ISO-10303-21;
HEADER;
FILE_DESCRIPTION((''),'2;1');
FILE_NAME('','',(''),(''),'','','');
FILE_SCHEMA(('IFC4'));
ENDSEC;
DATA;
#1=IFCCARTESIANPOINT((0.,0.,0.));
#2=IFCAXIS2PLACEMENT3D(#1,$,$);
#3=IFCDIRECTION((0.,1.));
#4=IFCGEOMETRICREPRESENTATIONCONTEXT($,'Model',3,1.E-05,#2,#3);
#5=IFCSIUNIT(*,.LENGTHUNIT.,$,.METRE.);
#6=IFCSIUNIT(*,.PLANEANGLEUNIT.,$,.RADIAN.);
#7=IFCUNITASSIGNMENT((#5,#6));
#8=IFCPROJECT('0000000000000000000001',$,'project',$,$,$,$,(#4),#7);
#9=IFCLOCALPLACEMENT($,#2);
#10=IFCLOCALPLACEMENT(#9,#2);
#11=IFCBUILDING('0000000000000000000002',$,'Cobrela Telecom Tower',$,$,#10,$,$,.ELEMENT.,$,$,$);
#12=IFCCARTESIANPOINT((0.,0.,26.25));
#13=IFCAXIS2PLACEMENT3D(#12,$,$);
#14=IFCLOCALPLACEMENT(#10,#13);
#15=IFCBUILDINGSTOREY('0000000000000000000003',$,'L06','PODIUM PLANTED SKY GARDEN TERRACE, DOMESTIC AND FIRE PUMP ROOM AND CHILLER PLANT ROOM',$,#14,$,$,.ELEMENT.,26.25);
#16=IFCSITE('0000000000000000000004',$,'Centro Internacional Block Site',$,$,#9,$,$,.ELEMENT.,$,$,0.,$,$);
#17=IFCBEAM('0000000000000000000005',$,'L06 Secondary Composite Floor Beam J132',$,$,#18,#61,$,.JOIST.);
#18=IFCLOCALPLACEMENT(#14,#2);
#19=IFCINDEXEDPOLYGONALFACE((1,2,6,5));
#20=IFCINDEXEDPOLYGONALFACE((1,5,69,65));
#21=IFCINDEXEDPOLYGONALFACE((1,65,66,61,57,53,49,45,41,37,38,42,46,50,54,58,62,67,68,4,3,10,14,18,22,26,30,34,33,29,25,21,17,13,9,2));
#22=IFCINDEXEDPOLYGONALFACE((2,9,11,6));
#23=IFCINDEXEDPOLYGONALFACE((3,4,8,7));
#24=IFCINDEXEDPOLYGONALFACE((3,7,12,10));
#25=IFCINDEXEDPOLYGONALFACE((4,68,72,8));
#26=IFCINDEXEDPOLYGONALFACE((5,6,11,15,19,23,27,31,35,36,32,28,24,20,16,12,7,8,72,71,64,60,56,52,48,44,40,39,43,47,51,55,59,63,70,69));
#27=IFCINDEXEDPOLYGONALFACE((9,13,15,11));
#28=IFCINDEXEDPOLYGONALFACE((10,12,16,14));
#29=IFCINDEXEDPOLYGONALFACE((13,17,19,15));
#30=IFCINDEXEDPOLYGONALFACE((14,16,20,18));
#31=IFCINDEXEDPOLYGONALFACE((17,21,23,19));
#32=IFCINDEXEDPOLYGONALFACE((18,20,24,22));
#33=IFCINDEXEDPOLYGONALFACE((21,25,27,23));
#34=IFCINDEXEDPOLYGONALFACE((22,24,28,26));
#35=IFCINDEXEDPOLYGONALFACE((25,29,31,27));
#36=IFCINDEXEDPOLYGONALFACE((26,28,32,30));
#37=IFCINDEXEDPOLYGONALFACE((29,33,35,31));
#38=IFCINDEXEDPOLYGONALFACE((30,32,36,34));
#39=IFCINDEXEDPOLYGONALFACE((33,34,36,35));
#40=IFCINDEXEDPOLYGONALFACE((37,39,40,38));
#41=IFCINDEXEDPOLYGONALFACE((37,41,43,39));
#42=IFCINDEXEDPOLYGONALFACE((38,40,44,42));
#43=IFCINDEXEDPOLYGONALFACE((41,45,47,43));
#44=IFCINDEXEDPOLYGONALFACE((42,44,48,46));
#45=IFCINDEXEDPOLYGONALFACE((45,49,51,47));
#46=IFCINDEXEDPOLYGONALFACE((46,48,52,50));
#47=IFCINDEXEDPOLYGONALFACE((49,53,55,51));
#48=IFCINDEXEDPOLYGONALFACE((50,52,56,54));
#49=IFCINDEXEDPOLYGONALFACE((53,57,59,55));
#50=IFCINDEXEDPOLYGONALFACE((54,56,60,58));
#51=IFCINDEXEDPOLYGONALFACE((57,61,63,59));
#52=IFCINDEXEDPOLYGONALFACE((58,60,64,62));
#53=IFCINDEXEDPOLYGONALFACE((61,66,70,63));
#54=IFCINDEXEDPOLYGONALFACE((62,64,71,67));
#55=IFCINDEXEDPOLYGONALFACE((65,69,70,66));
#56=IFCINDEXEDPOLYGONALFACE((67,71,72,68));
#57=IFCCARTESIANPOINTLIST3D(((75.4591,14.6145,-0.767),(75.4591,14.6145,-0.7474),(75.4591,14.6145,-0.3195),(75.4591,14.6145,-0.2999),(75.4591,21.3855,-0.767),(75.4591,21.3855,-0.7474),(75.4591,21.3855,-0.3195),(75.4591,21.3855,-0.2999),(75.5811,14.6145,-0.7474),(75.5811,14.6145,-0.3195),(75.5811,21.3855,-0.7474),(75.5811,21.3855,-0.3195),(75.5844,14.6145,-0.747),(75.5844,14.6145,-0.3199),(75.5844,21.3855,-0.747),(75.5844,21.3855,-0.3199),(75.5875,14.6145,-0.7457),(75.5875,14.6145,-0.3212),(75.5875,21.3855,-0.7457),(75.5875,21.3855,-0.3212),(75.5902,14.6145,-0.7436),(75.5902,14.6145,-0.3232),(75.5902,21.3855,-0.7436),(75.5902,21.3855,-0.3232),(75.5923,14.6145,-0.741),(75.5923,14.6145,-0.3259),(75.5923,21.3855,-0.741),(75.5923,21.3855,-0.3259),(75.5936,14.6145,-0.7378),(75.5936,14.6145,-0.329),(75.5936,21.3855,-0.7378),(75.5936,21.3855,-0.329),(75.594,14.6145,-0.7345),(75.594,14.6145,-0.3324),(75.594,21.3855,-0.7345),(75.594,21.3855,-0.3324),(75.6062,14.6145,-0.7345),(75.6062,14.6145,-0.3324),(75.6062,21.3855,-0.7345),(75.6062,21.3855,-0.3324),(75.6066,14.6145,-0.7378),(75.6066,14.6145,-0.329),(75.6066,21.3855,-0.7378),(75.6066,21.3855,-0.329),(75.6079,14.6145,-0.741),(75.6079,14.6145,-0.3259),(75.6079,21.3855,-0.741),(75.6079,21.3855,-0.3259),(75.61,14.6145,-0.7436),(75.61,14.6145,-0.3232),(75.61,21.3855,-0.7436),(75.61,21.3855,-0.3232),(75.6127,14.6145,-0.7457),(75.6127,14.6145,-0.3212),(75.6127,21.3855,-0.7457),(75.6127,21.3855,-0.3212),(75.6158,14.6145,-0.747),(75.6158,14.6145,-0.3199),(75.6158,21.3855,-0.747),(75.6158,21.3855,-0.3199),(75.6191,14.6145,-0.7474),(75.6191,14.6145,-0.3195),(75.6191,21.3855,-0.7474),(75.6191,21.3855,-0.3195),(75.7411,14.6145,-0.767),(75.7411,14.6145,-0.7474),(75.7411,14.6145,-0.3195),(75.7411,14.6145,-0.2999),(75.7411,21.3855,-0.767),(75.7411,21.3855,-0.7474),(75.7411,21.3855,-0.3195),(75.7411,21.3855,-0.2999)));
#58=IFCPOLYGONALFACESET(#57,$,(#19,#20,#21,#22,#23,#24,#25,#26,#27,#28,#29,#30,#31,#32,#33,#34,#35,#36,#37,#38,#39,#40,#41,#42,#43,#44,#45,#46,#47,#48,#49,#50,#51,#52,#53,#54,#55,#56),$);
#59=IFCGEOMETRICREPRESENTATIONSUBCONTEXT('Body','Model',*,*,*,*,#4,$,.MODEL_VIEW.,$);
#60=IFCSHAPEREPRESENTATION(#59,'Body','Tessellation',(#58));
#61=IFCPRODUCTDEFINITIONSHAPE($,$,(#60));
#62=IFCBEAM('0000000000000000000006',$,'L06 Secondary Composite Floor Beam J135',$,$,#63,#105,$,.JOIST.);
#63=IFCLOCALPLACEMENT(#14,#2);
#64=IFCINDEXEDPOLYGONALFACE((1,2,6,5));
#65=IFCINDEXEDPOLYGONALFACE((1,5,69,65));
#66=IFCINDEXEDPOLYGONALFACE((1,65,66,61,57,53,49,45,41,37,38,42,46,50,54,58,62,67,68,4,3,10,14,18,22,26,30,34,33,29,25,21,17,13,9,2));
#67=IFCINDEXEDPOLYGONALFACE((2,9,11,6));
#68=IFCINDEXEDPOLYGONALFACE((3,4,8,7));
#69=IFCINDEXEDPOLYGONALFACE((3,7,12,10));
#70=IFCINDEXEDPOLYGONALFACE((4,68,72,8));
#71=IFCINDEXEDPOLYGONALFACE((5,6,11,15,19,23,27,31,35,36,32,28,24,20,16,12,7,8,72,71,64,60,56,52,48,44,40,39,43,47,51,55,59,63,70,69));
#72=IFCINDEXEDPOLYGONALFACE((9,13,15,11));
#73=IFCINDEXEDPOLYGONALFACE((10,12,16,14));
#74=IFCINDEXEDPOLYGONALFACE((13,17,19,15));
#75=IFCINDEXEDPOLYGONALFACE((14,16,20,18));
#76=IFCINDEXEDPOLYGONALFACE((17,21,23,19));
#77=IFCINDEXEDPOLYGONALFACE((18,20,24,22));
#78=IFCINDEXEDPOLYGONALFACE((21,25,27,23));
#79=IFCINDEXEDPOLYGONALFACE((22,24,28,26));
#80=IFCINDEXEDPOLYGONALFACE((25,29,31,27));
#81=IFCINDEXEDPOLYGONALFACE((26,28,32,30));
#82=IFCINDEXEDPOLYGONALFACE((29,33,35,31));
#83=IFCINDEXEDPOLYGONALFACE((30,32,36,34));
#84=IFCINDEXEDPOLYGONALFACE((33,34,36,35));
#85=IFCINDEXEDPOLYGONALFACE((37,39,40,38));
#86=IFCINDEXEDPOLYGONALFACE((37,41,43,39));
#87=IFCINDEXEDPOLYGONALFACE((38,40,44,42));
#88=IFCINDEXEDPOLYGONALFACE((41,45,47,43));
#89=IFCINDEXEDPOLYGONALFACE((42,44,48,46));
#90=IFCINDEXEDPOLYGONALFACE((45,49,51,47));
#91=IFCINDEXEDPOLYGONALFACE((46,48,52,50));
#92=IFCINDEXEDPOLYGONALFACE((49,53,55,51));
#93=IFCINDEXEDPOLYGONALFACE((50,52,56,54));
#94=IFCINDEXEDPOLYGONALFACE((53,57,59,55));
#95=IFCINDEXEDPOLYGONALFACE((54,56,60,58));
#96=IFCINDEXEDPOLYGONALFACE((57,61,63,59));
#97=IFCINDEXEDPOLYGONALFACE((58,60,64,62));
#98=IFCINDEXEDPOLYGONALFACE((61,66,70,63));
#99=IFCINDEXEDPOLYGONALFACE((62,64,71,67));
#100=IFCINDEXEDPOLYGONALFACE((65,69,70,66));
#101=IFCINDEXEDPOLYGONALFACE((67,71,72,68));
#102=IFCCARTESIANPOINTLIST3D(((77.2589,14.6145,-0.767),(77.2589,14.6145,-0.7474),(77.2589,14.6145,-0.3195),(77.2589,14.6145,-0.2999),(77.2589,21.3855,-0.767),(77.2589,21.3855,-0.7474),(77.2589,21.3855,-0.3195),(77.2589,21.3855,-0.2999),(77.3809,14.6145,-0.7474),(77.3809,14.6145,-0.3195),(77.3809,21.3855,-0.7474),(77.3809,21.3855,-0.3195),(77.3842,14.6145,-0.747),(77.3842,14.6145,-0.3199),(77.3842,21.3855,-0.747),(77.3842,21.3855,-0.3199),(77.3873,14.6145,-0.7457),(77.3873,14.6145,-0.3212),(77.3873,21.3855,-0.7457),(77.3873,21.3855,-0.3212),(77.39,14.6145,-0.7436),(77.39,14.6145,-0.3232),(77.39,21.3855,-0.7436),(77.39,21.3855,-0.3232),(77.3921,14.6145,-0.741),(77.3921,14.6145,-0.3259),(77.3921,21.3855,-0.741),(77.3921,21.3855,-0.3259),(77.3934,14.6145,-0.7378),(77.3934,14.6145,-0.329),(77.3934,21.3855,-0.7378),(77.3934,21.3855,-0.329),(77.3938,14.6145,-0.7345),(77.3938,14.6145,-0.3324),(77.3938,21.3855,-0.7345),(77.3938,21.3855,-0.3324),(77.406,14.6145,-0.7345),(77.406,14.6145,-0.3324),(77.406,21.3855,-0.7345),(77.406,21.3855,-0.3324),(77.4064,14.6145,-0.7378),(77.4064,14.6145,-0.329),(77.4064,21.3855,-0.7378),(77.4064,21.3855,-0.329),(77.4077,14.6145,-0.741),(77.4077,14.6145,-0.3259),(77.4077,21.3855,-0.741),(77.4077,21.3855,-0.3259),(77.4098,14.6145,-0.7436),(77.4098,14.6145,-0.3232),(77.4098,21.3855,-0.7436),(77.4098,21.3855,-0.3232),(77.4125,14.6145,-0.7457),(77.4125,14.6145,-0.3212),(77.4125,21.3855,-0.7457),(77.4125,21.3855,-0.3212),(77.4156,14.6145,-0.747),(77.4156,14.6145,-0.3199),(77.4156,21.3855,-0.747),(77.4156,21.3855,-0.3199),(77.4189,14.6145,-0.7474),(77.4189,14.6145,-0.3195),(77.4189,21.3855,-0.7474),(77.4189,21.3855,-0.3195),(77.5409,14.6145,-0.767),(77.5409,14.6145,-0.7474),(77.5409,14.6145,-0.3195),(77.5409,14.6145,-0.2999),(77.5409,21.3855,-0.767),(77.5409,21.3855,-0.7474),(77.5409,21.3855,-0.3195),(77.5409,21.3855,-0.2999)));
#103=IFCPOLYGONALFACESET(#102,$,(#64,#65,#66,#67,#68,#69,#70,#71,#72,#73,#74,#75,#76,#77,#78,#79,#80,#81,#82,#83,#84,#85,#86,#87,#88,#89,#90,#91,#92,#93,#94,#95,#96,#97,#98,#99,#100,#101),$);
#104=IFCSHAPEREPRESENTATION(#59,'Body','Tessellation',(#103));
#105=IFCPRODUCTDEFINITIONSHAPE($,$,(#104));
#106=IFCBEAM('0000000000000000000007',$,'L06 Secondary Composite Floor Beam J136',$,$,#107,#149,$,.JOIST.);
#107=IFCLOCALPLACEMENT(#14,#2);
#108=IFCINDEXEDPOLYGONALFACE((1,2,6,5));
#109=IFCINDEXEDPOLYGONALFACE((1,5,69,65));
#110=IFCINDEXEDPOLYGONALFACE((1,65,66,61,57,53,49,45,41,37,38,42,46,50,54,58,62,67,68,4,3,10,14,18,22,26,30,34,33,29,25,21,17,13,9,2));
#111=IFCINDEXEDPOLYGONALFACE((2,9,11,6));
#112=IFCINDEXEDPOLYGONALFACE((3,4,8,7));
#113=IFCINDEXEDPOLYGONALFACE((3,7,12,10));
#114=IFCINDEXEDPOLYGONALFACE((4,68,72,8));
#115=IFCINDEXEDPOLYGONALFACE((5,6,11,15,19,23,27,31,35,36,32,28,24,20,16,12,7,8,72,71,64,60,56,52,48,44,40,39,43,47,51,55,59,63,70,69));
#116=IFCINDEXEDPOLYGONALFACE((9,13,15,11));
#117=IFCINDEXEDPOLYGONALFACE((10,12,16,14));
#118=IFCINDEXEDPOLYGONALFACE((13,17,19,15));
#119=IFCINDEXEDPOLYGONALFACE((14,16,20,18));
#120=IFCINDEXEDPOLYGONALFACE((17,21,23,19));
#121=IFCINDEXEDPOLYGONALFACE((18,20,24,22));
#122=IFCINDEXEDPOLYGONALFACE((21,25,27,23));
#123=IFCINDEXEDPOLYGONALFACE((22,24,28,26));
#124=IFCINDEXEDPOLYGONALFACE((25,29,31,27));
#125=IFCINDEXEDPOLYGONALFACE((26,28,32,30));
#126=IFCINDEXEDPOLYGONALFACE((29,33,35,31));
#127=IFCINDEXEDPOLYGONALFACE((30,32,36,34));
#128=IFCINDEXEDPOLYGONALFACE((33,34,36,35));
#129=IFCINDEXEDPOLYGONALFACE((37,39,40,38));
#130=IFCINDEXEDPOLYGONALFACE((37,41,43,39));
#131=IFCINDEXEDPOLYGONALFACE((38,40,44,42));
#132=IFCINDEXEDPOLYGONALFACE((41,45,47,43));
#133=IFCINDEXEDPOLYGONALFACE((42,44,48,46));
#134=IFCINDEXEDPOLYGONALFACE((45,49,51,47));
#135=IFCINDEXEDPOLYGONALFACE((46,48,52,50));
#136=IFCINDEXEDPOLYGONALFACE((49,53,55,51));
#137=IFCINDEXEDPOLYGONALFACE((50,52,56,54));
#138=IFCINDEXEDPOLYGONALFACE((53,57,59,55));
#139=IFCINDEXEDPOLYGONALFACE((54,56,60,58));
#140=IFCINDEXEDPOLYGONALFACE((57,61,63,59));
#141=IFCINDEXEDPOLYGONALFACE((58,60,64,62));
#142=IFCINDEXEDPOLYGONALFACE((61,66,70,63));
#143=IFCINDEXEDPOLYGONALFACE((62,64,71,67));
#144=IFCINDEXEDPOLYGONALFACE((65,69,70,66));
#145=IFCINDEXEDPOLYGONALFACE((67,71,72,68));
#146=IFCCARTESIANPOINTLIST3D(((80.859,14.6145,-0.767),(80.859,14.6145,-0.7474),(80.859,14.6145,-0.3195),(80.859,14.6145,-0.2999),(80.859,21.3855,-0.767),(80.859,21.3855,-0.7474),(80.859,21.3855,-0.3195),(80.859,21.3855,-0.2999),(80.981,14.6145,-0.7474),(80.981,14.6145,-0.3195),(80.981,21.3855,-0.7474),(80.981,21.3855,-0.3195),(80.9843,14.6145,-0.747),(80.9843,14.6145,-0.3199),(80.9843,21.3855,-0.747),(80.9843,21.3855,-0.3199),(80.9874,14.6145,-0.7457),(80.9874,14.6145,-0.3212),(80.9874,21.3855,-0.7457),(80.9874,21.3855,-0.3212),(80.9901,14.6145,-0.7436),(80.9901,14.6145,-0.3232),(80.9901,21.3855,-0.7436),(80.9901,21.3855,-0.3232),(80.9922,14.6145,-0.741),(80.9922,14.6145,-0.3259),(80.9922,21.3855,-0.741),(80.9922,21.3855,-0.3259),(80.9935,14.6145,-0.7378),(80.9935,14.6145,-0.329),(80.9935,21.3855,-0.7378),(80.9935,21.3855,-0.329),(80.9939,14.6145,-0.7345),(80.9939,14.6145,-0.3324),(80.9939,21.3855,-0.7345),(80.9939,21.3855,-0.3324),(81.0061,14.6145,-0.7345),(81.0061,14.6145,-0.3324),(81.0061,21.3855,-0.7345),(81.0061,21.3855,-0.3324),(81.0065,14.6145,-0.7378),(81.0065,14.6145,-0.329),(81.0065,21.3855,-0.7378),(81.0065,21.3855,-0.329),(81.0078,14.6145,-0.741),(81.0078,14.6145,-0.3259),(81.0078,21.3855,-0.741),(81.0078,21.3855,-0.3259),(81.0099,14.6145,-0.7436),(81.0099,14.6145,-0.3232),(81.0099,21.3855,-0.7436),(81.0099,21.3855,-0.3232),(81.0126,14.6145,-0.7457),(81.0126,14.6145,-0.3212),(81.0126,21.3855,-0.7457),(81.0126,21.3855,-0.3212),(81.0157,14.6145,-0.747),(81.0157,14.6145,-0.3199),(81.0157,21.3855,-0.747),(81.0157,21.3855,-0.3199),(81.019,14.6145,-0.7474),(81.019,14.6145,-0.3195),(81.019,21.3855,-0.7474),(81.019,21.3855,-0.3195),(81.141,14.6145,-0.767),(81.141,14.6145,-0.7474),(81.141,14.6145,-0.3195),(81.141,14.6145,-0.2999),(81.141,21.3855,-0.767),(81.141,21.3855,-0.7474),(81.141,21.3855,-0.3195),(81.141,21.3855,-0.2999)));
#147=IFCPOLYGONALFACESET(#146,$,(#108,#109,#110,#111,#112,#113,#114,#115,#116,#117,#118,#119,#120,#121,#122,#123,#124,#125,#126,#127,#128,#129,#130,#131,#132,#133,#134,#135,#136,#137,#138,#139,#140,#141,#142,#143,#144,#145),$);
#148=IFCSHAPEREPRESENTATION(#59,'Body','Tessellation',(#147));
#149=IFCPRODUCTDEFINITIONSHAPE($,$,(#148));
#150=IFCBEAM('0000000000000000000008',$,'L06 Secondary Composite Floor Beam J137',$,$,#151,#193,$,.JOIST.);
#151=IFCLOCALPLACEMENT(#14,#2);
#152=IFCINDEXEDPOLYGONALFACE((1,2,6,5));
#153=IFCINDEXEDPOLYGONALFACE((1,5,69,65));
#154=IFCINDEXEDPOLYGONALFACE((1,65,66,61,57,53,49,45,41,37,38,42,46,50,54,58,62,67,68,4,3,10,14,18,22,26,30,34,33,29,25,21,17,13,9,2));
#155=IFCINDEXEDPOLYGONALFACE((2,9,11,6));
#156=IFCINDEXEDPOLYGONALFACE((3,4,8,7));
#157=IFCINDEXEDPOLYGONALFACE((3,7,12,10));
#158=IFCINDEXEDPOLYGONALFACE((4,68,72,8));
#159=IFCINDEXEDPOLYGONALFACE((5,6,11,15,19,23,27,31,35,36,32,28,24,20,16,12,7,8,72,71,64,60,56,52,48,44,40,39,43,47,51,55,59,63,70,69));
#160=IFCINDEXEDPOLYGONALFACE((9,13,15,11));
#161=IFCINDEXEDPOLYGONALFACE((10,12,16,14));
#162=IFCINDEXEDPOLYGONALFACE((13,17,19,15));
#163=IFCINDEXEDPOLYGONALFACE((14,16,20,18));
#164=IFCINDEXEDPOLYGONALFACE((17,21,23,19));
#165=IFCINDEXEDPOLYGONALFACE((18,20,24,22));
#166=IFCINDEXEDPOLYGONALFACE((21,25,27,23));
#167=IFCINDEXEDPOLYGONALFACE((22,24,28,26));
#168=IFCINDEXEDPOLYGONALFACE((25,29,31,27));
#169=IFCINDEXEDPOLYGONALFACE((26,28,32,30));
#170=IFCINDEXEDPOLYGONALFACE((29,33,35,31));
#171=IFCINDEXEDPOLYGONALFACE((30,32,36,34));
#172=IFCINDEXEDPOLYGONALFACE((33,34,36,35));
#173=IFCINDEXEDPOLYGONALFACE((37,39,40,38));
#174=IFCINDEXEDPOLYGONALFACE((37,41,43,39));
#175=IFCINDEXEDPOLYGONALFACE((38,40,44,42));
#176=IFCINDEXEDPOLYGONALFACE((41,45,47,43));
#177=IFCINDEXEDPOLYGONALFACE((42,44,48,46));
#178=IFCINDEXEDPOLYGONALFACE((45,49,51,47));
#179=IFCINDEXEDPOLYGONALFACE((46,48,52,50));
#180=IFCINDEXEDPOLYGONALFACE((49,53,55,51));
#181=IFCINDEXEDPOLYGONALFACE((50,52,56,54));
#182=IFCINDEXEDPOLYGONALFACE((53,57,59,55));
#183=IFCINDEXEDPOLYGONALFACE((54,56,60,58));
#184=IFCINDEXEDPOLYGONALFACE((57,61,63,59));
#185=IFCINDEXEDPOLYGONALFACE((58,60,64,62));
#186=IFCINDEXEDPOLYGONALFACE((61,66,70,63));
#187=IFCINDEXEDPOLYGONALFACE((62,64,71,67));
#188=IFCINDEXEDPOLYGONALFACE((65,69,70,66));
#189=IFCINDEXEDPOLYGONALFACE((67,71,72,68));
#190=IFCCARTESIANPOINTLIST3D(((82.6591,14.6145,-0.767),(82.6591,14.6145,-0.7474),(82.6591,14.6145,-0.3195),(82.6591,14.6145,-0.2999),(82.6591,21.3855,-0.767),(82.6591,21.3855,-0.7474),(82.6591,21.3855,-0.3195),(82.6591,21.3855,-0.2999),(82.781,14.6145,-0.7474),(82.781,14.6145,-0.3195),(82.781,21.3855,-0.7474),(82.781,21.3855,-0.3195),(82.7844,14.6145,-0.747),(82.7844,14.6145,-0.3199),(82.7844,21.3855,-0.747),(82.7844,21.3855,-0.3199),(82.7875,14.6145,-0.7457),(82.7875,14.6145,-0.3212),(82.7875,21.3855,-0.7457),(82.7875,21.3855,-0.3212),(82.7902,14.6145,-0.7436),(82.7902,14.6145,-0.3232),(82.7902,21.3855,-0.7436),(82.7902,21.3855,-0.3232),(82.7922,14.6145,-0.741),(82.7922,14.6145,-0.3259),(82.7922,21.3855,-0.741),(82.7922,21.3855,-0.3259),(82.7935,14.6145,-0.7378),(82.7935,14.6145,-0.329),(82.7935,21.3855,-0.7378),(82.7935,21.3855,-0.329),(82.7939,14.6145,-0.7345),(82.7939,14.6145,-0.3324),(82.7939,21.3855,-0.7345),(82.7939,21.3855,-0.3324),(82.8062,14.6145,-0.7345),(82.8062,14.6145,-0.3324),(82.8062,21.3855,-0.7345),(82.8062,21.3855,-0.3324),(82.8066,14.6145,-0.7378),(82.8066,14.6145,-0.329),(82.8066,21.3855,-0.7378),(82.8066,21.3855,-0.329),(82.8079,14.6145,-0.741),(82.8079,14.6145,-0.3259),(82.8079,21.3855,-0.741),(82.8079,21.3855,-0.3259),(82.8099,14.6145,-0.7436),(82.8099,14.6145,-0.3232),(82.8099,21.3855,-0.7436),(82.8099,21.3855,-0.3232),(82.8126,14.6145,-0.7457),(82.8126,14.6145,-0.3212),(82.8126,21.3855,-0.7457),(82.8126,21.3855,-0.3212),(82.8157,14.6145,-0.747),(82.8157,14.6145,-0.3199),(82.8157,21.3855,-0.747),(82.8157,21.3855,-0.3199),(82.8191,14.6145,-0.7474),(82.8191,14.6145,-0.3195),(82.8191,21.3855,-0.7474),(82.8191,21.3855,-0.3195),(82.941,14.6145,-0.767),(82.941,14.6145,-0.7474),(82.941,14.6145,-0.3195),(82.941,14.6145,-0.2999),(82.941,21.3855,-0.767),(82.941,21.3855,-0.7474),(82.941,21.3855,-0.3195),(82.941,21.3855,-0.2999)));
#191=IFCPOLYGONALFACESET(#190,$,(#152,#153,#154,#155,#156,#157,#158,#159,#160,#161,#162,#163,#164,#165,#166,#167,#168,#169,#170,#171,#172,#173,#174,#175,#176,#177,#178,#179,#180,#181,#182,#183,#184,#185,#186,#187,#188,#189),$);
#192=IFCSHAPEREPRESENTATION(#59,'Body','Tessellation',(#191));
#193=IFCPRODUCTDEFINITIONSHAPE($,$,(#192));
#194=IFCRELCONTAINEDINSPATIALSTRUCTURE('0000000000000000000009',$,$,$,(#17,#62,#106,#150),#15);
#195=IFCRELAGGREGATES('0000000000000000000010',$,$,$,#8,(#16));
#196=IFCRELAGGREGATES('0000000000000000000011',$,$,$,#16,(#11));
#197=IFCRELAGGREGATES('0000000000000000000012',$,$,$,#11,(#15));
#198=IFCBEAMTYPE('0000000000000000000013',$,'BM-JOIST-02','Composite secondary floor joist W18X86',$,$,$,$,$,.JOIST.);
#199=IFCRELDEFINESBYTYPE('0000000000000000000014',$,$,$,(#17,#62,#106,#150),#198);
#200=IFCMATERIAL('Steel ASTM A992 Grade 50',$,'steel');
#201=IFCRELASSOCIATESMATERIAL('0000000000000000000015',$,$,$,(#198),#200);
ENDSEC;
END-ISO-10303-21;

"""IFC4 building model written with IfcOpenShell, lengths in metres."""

from ifc_helpers import new_model, si_unit, direction, frame, origin, origin_2d, place, context, subcontext, project, spatial, i_section, extrude, material, material_profile, profile_set, type_object, element, save


model = new_model("IFC4")

# Units and contexts
model_context = context("Model", 3, precision=1e-05, world=origin(), true_north=direction((0.0, 1.0)))
body_context = subcontext(model_context, "Body", "Model", "MODEL_VIEW")
ifc_project = project(units=[si_unit("LENGTHUNIT", "METRE"), si_unit("PLANEANGLEUNIT", "RADIAN")], contexts=[model_context])

# Site, building, storey
site_placement = place(None, origin())
site = spatial("IfcSite", under=ifc_project, at=site_placement, Name="Centro Internacional Block Site", CompositionType="ELEMENT", RefElevation=0.0)
building_placement = place(site_placement, origin())
building = spatial("IfcBuilding", under=site, at=building_placement, Name="Cobrela Telecom Tower", CompositionType="ELEMENT")
storey_placement = place(building_placement, frame((0.0, 0.0, 26.25)))
storey = spatial("IfcBuildingStorey", under=building, at=storey_placement, Name="L06", Description="PODIUM PLANTED SKY GARDEN TERRACE, DOMESTIC AND FIRE PUMP ROOM AND CHILLER PLANT ROOM", CompositionType="ELEMENT", Elevation=26.25)

# Beams
ifc_material_1 = material(Name="Steel ASTM A992 Grade 50", Category="steel")
ifc_material_profile_1 = material_profile(ifc_material_1, i_section(OverallWidth=0.282, OverallDepth=0.467, WebThickness=0.0122, FlangeThickness=0.0195, FilletRadius=0.0129, at=origin_2d()), Name="W18X86")
ifc_profile_set_1 = profile_set([ifc_material_profile_1], Name="Steel ASTM A992 Grade 50")
beam_type_1 = type_object("IfcBeamType", Name="BM-JOIST-02", Description="Composite secondary floor joist W18X86", PredefinedType="JOIST", material=ifc_profile_set_1)
for number, where, z_axis, x_axis, name in (
    (1, (75.6001, 14.6145, -0.5334), (0.0, 1.0, 0.0), (-1.0, 0.0, 0.0), "L06 Secondary Composite Floor Beam J132"),
    (2, (77.3999, 14.6145, -0.5334), (0.0, 1.0, 0.0), (-1.0, 0.0, 0.0), "L06 Secondary Composite Floor Beam J135"),
    (3, (81.0, 14.6145, -0.5334), (0.0, 1.0, 0.0), (-1.0, 0.0, 0.0), "L06 Secondary Composite Floor Beam J136"),
    (4, (82.8, 14.6145, -0.5334), (0.0, 1.0, 0.0), (-1.0, 0.0, 0.0), "L06 Secondary Composite Floor Beam J137"),
):
    element("IfcBeam", number, at=place(storey_placement, frame(where, z_axis=z_axis, x_axis=x_axis)), inside=storey, type_object=beam_type_1, Name=name, PredefinedType="JOIST", context=body_context, shape_type="SweptSolid", body=[
        extrude(i_section(OverallWidth=0.282, OverallDepth=0.467, WebThickness=0.0122, FlangeThickness=0.0195, FilletRadius=0.0129, at=origin_2d()), origin(), (0.0, 0.0, 1.0), 6.771),
    ])

save(model, "model.ifc")
